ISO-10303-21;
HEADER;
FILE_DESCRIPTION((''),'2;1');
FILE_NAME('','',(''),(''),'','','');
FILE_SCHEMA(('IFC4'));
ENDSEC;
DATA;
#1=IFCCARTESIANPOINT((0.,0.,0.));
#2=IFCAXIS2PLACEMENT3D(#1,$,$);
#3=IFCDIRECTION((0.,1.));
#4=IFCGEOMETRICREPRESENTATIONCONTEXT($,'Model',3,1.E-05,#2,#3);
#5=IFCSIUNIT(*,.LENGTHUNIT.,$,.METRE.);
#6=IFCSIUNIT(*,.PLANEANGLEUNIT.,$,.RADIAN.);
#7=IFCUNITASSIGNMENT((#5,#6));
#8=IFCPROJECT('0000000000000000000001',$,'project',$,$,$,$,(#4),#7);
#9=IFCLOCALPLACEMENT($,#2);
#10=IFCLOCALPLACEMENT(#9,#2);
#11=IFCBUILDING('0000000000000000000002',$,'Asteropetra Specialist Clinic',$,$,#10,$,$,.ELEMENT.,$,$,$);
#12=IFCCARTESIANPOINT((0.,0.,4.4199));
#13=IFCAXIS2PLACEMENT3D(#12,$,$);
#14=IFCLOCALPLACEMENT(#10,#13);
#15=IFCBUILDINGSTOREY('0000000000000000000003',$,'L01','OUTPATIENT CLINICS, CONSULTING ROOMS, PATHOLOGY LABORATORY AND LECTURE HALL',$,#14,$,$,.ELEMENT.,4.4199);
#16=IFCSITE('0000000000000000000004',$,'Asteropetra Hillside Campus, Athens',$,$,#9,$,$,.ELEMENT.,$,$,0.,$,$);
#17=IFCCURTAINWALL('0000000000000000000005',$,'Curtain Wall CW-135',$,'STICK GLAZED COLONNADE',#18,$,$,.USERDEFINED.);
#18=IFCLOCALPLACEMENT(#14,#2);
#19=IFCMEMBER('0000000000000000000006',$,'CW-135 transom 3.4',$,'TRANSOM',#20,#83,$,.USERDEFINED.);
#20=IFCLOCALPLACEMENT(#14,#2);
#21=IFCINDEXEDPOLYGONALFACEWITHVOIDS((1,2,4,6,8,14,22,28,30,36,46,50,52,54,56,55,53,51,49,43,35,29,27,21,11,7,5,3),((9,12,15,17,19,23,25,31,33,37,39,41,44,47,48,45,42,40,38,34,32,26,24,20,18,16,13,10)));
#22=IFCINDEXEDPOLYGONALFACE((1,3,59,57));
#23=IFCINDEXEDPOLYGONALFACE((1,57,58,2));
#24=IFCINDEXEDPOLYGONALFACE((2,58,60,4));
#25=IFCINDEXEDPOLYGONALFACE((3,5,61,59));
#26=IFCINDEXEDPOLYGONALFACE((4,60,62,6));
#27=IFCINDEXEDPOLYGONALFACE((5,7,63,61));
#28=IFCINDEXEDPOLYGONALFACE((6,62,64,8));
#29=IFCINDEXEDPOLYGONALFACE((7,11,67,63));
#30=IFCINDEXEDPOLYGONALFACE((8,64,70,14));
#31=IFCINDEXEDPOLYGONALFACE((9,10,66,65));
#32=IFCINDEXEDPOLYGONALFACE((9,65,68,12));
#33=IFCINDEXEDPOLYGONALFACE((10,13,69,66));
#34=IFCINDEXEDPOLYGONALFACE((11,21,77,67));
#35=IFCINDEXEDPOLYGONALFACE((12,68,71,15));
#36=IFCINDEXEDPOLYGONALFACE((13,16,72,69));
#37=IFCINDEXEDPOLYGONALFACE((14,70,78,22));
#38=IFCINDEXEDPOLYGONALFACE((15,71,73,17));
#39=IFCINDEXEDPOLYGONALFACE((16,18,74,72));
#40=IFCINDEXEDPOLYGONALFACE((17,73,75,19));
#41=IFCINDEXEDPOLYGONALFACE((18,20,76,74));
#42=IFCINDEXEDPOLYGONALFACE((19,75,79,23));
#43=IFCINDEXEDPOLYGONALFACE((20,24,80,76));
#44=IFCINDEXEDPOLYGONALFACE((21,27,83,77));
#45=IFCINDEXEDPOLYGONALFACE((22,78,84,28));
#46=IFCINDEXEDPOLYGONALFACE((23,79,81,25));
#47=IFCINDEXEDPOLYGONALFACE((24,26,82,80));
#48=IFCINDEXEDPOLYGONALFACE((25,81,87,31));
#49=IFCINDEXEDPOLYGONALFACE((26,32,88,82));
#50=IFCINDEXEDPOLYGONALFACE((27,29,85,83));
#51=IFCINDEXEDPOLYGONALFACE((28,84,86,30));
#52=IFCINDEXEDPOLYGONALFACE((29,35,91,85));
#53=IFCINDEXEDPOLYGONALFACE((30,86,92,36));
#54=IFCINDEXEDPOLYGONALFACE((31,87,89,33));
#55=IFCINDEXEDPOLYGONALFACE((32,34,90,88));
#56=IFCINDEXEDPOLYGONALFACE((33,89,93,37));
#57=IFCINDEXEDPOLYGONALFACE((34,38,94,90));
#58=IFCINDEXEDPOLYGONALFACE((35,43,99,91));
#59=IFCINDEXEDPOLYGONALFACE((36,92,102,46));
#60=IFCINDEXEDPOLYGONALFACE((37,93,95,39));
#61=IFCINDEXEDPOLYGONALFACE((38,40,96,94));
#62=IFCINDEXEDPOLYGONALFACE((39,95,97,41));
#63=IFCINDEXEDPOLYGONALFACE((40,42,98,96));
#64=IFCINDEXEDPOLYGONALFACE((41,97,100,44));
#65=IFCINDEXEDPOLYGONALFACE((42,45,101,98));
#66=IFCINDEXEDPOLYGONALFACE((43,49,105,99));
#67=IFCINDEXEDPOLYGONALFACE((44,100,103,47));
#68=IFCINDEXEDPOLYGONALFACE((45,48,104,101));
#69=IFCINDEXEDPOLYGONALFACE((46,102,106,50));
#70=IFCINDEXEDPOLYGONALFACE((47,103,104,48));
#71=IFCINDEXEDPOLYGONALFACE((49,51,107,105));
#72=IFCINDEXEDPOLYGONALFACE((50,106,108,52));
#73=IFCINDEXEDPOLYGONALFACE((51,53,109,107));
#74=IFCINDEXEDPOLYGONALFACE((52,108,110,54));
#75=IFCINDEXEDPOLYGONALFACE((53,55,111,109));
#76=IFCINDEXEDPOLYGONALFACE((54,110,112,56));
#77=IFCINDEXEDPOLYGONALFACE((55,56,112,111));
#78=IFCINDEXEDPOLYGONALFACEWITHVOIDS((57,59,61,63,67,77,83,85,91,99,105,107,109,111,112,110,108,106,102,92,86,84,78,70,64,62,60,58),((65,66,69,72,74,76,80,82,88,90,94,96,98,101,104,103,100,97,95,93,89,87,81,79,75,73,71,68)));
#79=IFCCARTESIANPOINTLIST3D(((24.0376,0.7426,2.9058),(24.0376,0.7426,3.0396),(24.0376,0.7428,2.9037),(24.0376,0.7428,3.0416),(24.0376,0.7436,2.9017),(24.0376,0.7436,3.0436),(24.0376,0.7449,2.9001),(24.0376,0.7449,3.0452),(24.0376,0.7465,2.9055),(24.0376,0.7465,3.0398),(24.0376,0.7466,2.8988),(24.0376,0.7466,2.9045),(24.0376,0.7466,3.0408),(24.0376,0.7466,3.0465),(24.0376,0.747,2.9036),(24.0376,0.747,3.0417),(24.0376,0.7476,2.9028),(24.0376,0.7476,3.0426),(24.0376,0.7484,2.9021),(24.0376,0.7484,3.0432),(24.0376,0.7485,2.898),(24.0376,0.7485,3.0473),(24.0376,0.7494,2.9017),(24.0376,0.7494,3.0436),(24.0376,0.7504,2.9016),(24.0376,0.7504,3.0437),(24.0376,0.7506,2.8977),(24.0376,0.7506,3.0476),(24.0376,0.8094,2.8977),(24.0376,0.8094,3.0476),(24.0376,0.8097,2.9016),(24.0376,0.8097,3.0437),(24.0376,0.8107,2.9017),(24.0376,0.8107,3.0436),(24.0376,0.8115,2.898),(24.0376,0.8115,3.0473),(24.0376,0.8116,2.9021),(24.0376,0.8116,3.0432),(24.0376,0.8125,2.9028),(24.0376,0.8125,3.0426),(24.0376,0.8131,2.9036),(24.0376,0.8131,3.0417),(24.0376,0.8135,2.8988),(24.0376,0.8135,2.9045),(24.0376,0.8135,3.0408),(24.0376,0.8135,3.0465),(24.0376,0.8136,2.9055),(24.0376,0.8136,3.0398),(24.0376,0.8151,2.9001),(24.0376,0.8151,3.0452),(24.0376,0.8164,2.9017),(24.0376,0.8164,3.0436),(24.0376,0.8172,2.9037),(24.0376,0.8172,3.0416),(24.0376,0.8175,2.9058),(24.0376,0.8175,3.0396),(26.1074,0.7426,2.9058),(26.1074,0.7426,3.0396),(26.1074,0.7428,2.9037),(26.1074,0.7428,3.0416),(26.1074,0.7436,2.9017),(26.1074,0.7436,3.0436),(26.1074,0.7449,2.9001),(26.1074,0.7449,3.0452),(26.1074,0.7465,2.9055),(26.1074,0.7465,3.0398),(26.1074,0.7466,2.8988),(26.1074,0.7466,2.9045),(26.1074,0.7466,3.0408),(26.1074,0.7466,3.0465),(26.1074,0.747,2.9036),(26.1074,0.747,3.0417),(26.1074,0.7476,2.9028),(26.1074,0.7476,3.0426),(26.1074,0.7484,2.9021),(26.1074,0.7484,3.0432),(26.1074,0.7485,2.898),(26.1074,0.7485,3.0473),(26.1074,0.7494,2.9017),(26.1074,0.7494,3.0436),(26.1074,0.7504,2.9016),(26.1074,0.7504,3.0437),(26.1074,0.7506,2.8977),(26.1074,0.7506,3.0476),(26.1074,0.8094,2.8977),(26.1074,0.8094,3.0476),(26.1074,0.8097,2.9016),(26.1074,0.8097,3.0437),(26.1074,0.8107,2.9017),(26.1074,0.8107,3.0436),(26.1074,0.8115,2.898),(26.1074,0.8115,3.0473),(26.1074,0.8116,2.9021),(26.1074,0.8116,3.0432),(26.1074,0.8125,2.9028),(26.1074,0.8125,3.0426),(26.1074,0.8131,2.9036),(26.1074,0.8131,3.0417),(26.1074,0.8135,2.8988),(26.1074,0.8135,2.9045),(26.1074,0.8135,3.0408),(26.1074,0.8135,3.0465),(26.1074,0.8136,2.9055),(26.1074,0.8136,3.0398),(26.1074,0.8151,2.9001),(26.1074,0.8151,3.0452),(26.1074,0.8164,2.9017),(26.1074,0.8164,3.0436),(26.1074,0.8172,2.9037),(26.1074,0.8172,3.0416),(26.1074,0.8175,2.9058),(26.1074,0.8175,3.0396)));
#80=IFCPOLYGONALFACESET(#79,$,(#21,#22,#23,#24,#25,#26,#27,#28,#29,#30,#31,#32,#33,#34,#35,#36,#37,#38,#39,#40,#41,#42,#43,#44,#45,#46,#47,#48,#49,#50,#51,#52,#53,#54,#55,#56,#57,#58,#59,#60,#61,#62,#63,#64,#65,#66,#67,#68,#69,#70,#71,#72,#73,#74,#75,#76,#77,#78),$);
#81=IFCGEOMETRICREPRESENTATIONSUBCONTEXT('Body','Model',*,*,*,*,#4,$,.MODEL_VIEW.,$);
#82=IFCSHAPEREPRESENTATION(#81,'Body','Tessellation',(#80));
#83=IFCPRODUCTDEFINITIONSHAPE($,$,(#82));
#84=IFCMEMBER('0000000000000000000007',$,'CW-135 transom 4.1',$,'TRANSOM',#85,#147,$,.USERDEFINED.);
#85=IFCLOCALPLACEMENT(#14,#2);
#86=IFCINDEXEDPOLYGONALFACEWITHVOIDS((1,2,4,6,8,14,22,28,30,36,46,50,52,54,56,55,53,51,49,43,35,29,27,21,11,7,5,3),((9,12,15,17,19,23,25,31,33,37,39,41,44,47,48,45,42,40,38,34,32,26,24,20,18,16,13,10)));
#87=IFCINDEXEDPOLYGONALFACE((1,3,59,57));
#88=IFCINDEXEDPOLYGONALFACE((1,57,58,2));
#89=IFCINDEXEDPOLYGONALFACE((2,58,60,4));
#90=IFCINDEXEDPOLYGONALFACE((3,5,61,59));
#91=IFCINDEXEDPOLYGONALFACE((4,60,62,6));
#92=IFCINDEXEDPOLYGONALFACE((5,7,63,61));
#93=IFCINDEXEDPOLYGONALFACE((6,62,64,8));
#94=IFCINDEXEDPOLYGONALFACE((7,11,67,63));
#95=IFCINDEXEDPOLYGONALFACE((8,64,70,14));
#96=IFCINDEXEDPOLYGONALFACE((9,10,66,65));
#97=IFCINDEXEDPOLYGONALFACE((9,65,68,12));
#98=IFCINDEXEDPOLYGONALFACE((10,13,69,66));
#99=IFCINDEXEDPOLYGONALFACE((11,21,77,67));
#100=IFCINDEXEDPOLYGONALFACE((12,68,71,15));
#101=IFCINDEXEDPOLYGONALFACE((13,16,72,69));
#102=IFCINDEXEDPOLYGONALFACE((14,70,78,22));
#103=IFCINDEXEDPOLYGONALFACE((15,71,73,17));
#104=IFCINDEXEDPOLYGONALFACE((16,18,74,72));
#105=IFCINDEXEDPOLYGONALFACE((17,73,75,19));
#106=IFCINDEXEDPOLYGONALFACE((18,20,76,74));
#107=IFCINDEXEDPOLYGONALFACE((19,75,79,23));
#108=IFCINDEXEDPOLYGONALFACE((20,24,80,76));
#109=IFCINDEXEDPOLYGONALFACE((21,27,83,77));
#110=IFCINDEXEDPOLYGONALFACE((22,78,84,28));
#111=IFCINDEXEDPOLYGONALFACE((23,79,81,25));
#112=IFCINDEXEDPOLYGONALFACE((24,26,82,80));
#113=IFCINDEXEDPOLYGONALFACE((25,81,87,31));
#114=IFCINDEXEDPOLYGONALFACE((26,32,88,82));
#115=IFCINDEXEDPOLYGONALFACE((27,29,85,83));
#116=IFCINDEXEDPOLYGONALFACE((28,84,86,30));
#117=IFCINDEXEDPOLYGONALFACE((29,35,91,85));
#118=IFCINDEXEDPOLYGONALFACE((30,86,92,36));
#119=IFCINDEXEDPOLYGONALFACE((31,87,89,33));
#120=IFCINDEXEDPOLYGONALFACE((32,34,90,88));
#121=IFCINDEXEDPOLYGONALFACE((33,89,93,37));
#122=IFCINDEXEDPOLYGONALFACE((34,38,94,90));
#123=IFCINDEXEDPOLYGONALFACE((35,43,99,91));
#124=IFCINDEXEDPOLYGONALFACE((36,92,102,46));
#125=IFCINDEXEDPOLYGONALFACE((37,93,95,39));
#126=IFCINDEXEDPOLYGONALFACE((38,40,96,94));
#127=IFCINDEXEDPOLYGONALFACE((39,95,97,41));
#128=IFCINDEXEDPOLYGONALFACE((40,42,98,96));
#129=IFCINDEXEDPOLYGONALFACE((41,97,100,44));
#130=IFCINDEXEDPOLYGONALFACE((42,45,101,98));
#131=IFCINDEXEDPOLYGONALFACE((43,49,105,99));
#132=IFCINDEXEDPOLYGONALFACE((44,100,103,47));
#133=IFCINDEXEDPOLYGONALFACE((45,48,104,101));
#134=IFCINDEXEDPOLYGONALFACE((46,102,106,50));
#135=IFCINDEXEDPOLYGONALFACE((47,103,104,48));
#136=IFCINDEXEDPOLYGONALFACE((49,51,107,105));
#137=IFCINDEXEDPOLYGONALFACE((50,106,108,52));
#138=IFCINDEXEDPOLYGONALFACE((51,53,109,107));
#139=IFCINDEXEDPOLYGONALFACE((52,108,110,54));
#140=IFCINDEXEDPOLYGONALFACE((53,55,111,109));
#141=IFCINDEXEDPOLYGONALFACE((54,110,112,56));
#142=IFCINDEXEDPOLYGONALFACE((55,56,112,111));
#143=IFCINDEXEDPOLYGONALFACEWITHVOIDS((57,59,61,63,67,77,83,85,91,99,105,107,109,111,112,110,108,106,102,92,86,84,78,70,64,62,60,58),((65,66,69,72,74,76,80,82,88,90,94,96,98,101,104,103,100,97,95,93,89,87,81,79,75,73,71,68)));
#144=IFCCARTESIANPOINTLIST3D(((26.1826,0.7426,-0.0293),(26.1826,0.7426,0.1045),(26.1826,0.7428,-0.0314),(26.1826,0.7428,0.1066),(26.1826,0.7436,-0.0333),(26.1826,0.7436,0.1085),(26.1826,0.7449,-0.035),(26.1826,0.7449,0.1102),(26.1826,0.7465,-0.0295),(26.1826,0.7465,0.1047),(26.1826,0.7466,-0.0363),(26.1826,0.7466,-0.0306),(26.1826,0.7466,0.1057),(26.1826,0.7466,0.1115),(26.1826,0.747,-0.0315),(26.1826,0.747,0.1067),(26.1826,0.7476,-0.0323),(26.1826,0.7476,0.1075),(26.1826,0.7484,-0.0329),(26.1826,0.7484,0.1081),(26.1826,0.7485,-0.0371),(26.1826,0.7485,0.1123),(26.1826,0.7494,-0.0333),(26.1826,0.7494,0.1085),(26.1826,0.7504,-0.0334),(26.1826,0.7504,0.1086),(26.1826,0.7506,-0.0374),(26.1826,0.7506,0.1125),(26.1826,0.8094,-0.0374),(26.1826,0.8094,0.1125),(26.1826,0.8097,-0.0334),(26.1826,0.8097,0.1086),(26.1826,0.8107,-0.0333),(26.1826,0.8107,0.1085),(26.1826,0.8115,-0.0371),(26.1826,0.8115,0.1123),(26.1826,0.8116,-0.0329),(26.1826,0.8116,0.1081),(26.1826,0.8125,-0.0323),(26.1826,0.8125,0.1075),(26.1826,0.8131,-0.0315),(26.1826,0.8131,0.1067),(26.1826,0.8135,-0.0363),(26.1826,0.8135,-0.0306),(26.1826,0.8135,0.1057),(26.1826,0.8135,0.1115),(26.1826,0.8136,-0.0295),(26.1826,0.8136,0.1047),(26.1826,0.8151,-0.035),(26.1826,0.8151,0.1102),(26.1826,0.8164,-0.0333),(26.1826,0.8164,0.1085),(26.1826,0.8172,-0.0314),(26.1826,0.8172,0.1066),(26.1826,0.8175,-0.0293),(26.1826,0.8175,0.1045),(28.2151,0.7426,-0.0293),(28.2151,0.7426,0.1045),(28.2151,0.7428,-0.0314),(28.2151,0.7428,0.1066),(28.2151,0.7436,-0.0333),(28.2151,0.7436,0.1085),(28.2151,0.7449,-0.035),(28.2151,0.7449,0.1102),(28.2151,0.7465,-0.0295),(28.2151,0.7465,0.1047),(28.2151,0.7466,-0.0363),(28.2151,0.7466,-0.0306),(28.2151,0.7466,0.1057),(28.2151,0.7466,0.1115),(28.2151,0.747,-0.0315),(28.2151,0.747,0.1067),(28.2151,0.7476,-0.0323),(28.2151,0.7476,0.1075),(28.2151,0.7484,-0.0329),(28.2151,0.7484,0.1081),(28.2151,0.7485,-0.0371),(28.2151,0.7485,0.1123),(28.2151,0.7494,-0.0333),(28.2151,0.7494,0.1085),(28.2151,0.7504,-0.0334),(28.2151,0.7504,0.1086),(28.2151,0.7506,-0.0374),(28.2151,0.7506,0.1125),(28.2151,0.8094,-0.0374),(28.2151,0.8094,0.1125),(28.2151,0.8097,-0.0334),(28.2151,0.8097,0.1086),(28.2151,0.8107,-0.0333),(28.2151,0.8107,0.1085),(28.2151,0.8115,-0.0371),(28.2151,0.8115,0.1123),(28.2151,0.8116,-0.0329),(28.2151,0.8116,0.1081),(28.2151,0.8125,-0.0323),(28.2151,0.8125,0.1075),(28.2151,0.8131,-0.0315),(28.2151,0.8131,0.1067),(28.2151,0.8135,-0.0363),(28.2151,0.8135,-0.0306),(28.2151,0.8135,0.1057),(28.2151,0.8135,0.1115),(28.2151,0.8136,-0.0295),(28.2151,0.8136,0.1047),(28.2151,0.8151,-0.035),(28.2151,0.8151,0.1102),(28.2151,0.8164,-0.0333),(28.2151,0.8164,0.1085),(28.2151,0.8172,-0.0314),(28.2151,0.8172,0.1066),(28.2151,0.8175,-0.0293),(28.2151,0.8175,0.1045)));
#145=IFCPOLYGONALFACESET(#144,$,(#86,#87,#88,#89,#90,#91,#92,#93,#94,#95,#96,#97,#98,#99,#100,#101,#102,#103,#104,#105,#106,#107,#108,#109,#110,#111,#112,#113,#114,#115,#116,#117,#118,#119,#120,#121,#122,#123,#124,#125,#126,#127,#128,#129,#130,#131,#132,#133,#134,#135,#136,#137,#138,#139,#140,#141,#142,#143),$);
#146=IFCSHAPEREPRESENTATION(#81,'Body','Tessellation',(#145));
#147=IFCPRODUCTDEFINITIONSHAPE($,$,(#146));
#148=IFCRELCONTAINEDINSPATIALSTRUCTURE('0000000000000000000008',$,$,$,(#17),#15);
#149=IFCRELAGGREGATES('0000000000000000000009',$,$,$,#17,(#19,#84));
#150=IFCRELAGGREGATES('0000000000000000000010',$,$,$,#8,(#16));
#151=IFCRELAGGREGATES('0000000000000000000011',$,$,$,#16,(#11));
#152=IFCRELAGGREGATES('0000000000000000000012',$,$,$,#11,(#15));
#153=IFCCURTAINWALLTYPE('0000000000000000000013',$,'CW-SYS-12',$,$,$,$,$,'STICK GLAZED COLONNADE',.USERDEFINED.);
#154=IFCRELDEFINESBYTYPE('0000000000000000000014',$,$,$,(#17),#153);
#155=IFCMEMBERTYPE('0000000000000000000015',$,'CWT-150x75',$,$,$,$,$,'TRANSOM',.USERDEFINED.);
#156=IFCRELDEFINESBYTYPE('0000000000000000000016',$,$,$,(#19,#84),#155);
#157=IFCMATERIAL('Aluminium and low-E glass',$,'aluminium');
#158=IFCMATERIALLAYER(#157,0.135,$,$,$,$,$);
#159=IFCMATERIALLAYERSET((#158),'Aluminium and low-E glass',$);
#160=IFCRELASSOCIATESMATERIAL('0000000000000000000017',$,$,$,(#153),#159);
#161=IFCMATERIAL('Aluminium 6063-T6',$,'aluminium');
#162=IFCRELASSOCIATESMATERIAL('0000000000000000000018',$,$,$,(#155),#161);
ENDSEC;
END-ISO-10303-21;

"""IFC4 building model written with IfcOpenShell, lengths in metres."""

from ifc_helpers import new_model, si_unit, direction, frame, origin, origin_2d, place, context, subcontext, project, spatial, hollow_rectangle, extrude, material, layer, layer_set, material_profile, profile_set, type_object, element, aggregate, save


model = new_model("IFC4")

# Units and contexts
model_context = context("Model", 3, precision=1e-05, world=origin(), true_north=direction((0.0, 1.0)))
body_context = subcontext(model_context, "Body", "Model", "MODEL_VIEW")
ifc_project = project(units=[si_unit("LENGTHUNIT", "METRE"), si_unit("PLANEANGLEUNIT", "RADIAN")], contexts=[model_context])

# Site, building, storey
site_placement = place(None, origin())
site = spatial("IfcSite", under=ifc_project, at=site_placement, Name="Asteropetra Hillside Campus, Athens", CompositionType="ELEMENT", RefElevation=0.0)
building_placement = place(site_placement, origin())
building = spatial("IfcBuilding", under=site, at=building_placement, Name="Asteropetra Specialist Clinic", CompositionType="ELEMENT")
storey_placement = place(building_placement, frame((0.0, 0.0, 4.4199)))
storey = spatial("IfcBuildingStorey", under=building, at=storey_placement, Name="L01", Description="OUTPATIENT CLINICS, CONSULTING ROOMS, PATHOLOGY LABORATORY AND LECTURE HALL", CompositionType="ELEMENT", Elevation=4.4199)

# Curtain wall, members
ifc_material_1 = material(Name="Aluminium and low-E glass", Category="aluminium")
ifc_layer_1 = layer(ifc_material_1, 0.135)
ifc_layer_set_1 = layer_set([ifc_layer_1], Name="Aluminium and low-E glass")
curtain_wall_type = type_object("IfcCurtainWallType", Name="CW-SYS-12", ElementType="STICK GLAZED COLONNADE", PredefinedType="USERDEFINED", material=ifc_layer_set_1)
curtain_wall_placement = place(storey_placement, origin())
curtain_wall = element("IfcCurtainWall", 1, at=curtain_wall_placement, inside=storey, type_object=curtain_wall_type, Name="Curtain Wall CW-135", ObjectType="STICK GLAZED COLONNADE", PredefinedType="USERDEFINED")
ifc_material_2 = material(Name="Aluminium 6063-T6", Category="aluminium")
ifc_material_profile_1 = material_profile(ifc_material_2, hollow_rectangle(XDim=0.075, YDim=0.1499, WallThickness=0.0039, InnerFilletRadius=0.0039, OuterFilletRadius=0.0081, at=origin_2d()), Name="TRN 150x75x4.0")
ifc_profile_set_1 = profile_set([ifc_material_profile_1], Name="Aluminium 6063-T6")
member_type_1 = type_object("IfcMemberType", Name="CWT-150x75", ElementType="TRANSOM", PredefinedType="USERDEFINED", material=ifc_profile_set_1)
member_1_placement = place(storey_placement, frame((24.0376, 0.78, 2.9727), z_axis=(1.0, 0.0, 0.0), x_axis=(0.0, 1.0, 0.0)))
member_1 = element("IfcMember", 2, at=member_1_placement, type_object=member_type_1, Name="CW-135 transom 3.4", ObjectType="TRANSOM", PredefinedType="USERDEFINED", context=body_context, shape_type="SweptSolid", body=[
    extrude(hollow_rectangle(XDim=0.075, YDim=0.1499, WallThickness=0.0039, InnerFilletRadius=0.0039, OuterFilletRadius=0.0081, at=origin_2d()), origin(), (0.0, 0.0, 1.0), 2.0698),
])
member_2_placement = place(storey_placement, frame((26.1826, 0.78, 0.0376), z_axis=(1.0, 0.0, 0.0), x_axis=(0.0, 1.0, 0.0)))
member_2 = element("IfcMember", 3, at=member_2_placement, type_object=member_type_1, Name="CW-135 transom 4.1", ObjectType="TRANSOM", PredefinedType="USERDEFINED", context=body_context, shape_type="SweptSolid", body=[
    extrude(hollow_rectangle(XDim=0.075, YDim=0.1499, WallThickness=0.0039, InnerFilletRadius=0.0039, OuterFilletRadius=0.0081, at=origin_2d()), origin(), (0.0, 0.0, 1.0), 2.0325),
])

aggregate(curtain_wall, [member_1, member_2])

save(model, "model.ifc")
